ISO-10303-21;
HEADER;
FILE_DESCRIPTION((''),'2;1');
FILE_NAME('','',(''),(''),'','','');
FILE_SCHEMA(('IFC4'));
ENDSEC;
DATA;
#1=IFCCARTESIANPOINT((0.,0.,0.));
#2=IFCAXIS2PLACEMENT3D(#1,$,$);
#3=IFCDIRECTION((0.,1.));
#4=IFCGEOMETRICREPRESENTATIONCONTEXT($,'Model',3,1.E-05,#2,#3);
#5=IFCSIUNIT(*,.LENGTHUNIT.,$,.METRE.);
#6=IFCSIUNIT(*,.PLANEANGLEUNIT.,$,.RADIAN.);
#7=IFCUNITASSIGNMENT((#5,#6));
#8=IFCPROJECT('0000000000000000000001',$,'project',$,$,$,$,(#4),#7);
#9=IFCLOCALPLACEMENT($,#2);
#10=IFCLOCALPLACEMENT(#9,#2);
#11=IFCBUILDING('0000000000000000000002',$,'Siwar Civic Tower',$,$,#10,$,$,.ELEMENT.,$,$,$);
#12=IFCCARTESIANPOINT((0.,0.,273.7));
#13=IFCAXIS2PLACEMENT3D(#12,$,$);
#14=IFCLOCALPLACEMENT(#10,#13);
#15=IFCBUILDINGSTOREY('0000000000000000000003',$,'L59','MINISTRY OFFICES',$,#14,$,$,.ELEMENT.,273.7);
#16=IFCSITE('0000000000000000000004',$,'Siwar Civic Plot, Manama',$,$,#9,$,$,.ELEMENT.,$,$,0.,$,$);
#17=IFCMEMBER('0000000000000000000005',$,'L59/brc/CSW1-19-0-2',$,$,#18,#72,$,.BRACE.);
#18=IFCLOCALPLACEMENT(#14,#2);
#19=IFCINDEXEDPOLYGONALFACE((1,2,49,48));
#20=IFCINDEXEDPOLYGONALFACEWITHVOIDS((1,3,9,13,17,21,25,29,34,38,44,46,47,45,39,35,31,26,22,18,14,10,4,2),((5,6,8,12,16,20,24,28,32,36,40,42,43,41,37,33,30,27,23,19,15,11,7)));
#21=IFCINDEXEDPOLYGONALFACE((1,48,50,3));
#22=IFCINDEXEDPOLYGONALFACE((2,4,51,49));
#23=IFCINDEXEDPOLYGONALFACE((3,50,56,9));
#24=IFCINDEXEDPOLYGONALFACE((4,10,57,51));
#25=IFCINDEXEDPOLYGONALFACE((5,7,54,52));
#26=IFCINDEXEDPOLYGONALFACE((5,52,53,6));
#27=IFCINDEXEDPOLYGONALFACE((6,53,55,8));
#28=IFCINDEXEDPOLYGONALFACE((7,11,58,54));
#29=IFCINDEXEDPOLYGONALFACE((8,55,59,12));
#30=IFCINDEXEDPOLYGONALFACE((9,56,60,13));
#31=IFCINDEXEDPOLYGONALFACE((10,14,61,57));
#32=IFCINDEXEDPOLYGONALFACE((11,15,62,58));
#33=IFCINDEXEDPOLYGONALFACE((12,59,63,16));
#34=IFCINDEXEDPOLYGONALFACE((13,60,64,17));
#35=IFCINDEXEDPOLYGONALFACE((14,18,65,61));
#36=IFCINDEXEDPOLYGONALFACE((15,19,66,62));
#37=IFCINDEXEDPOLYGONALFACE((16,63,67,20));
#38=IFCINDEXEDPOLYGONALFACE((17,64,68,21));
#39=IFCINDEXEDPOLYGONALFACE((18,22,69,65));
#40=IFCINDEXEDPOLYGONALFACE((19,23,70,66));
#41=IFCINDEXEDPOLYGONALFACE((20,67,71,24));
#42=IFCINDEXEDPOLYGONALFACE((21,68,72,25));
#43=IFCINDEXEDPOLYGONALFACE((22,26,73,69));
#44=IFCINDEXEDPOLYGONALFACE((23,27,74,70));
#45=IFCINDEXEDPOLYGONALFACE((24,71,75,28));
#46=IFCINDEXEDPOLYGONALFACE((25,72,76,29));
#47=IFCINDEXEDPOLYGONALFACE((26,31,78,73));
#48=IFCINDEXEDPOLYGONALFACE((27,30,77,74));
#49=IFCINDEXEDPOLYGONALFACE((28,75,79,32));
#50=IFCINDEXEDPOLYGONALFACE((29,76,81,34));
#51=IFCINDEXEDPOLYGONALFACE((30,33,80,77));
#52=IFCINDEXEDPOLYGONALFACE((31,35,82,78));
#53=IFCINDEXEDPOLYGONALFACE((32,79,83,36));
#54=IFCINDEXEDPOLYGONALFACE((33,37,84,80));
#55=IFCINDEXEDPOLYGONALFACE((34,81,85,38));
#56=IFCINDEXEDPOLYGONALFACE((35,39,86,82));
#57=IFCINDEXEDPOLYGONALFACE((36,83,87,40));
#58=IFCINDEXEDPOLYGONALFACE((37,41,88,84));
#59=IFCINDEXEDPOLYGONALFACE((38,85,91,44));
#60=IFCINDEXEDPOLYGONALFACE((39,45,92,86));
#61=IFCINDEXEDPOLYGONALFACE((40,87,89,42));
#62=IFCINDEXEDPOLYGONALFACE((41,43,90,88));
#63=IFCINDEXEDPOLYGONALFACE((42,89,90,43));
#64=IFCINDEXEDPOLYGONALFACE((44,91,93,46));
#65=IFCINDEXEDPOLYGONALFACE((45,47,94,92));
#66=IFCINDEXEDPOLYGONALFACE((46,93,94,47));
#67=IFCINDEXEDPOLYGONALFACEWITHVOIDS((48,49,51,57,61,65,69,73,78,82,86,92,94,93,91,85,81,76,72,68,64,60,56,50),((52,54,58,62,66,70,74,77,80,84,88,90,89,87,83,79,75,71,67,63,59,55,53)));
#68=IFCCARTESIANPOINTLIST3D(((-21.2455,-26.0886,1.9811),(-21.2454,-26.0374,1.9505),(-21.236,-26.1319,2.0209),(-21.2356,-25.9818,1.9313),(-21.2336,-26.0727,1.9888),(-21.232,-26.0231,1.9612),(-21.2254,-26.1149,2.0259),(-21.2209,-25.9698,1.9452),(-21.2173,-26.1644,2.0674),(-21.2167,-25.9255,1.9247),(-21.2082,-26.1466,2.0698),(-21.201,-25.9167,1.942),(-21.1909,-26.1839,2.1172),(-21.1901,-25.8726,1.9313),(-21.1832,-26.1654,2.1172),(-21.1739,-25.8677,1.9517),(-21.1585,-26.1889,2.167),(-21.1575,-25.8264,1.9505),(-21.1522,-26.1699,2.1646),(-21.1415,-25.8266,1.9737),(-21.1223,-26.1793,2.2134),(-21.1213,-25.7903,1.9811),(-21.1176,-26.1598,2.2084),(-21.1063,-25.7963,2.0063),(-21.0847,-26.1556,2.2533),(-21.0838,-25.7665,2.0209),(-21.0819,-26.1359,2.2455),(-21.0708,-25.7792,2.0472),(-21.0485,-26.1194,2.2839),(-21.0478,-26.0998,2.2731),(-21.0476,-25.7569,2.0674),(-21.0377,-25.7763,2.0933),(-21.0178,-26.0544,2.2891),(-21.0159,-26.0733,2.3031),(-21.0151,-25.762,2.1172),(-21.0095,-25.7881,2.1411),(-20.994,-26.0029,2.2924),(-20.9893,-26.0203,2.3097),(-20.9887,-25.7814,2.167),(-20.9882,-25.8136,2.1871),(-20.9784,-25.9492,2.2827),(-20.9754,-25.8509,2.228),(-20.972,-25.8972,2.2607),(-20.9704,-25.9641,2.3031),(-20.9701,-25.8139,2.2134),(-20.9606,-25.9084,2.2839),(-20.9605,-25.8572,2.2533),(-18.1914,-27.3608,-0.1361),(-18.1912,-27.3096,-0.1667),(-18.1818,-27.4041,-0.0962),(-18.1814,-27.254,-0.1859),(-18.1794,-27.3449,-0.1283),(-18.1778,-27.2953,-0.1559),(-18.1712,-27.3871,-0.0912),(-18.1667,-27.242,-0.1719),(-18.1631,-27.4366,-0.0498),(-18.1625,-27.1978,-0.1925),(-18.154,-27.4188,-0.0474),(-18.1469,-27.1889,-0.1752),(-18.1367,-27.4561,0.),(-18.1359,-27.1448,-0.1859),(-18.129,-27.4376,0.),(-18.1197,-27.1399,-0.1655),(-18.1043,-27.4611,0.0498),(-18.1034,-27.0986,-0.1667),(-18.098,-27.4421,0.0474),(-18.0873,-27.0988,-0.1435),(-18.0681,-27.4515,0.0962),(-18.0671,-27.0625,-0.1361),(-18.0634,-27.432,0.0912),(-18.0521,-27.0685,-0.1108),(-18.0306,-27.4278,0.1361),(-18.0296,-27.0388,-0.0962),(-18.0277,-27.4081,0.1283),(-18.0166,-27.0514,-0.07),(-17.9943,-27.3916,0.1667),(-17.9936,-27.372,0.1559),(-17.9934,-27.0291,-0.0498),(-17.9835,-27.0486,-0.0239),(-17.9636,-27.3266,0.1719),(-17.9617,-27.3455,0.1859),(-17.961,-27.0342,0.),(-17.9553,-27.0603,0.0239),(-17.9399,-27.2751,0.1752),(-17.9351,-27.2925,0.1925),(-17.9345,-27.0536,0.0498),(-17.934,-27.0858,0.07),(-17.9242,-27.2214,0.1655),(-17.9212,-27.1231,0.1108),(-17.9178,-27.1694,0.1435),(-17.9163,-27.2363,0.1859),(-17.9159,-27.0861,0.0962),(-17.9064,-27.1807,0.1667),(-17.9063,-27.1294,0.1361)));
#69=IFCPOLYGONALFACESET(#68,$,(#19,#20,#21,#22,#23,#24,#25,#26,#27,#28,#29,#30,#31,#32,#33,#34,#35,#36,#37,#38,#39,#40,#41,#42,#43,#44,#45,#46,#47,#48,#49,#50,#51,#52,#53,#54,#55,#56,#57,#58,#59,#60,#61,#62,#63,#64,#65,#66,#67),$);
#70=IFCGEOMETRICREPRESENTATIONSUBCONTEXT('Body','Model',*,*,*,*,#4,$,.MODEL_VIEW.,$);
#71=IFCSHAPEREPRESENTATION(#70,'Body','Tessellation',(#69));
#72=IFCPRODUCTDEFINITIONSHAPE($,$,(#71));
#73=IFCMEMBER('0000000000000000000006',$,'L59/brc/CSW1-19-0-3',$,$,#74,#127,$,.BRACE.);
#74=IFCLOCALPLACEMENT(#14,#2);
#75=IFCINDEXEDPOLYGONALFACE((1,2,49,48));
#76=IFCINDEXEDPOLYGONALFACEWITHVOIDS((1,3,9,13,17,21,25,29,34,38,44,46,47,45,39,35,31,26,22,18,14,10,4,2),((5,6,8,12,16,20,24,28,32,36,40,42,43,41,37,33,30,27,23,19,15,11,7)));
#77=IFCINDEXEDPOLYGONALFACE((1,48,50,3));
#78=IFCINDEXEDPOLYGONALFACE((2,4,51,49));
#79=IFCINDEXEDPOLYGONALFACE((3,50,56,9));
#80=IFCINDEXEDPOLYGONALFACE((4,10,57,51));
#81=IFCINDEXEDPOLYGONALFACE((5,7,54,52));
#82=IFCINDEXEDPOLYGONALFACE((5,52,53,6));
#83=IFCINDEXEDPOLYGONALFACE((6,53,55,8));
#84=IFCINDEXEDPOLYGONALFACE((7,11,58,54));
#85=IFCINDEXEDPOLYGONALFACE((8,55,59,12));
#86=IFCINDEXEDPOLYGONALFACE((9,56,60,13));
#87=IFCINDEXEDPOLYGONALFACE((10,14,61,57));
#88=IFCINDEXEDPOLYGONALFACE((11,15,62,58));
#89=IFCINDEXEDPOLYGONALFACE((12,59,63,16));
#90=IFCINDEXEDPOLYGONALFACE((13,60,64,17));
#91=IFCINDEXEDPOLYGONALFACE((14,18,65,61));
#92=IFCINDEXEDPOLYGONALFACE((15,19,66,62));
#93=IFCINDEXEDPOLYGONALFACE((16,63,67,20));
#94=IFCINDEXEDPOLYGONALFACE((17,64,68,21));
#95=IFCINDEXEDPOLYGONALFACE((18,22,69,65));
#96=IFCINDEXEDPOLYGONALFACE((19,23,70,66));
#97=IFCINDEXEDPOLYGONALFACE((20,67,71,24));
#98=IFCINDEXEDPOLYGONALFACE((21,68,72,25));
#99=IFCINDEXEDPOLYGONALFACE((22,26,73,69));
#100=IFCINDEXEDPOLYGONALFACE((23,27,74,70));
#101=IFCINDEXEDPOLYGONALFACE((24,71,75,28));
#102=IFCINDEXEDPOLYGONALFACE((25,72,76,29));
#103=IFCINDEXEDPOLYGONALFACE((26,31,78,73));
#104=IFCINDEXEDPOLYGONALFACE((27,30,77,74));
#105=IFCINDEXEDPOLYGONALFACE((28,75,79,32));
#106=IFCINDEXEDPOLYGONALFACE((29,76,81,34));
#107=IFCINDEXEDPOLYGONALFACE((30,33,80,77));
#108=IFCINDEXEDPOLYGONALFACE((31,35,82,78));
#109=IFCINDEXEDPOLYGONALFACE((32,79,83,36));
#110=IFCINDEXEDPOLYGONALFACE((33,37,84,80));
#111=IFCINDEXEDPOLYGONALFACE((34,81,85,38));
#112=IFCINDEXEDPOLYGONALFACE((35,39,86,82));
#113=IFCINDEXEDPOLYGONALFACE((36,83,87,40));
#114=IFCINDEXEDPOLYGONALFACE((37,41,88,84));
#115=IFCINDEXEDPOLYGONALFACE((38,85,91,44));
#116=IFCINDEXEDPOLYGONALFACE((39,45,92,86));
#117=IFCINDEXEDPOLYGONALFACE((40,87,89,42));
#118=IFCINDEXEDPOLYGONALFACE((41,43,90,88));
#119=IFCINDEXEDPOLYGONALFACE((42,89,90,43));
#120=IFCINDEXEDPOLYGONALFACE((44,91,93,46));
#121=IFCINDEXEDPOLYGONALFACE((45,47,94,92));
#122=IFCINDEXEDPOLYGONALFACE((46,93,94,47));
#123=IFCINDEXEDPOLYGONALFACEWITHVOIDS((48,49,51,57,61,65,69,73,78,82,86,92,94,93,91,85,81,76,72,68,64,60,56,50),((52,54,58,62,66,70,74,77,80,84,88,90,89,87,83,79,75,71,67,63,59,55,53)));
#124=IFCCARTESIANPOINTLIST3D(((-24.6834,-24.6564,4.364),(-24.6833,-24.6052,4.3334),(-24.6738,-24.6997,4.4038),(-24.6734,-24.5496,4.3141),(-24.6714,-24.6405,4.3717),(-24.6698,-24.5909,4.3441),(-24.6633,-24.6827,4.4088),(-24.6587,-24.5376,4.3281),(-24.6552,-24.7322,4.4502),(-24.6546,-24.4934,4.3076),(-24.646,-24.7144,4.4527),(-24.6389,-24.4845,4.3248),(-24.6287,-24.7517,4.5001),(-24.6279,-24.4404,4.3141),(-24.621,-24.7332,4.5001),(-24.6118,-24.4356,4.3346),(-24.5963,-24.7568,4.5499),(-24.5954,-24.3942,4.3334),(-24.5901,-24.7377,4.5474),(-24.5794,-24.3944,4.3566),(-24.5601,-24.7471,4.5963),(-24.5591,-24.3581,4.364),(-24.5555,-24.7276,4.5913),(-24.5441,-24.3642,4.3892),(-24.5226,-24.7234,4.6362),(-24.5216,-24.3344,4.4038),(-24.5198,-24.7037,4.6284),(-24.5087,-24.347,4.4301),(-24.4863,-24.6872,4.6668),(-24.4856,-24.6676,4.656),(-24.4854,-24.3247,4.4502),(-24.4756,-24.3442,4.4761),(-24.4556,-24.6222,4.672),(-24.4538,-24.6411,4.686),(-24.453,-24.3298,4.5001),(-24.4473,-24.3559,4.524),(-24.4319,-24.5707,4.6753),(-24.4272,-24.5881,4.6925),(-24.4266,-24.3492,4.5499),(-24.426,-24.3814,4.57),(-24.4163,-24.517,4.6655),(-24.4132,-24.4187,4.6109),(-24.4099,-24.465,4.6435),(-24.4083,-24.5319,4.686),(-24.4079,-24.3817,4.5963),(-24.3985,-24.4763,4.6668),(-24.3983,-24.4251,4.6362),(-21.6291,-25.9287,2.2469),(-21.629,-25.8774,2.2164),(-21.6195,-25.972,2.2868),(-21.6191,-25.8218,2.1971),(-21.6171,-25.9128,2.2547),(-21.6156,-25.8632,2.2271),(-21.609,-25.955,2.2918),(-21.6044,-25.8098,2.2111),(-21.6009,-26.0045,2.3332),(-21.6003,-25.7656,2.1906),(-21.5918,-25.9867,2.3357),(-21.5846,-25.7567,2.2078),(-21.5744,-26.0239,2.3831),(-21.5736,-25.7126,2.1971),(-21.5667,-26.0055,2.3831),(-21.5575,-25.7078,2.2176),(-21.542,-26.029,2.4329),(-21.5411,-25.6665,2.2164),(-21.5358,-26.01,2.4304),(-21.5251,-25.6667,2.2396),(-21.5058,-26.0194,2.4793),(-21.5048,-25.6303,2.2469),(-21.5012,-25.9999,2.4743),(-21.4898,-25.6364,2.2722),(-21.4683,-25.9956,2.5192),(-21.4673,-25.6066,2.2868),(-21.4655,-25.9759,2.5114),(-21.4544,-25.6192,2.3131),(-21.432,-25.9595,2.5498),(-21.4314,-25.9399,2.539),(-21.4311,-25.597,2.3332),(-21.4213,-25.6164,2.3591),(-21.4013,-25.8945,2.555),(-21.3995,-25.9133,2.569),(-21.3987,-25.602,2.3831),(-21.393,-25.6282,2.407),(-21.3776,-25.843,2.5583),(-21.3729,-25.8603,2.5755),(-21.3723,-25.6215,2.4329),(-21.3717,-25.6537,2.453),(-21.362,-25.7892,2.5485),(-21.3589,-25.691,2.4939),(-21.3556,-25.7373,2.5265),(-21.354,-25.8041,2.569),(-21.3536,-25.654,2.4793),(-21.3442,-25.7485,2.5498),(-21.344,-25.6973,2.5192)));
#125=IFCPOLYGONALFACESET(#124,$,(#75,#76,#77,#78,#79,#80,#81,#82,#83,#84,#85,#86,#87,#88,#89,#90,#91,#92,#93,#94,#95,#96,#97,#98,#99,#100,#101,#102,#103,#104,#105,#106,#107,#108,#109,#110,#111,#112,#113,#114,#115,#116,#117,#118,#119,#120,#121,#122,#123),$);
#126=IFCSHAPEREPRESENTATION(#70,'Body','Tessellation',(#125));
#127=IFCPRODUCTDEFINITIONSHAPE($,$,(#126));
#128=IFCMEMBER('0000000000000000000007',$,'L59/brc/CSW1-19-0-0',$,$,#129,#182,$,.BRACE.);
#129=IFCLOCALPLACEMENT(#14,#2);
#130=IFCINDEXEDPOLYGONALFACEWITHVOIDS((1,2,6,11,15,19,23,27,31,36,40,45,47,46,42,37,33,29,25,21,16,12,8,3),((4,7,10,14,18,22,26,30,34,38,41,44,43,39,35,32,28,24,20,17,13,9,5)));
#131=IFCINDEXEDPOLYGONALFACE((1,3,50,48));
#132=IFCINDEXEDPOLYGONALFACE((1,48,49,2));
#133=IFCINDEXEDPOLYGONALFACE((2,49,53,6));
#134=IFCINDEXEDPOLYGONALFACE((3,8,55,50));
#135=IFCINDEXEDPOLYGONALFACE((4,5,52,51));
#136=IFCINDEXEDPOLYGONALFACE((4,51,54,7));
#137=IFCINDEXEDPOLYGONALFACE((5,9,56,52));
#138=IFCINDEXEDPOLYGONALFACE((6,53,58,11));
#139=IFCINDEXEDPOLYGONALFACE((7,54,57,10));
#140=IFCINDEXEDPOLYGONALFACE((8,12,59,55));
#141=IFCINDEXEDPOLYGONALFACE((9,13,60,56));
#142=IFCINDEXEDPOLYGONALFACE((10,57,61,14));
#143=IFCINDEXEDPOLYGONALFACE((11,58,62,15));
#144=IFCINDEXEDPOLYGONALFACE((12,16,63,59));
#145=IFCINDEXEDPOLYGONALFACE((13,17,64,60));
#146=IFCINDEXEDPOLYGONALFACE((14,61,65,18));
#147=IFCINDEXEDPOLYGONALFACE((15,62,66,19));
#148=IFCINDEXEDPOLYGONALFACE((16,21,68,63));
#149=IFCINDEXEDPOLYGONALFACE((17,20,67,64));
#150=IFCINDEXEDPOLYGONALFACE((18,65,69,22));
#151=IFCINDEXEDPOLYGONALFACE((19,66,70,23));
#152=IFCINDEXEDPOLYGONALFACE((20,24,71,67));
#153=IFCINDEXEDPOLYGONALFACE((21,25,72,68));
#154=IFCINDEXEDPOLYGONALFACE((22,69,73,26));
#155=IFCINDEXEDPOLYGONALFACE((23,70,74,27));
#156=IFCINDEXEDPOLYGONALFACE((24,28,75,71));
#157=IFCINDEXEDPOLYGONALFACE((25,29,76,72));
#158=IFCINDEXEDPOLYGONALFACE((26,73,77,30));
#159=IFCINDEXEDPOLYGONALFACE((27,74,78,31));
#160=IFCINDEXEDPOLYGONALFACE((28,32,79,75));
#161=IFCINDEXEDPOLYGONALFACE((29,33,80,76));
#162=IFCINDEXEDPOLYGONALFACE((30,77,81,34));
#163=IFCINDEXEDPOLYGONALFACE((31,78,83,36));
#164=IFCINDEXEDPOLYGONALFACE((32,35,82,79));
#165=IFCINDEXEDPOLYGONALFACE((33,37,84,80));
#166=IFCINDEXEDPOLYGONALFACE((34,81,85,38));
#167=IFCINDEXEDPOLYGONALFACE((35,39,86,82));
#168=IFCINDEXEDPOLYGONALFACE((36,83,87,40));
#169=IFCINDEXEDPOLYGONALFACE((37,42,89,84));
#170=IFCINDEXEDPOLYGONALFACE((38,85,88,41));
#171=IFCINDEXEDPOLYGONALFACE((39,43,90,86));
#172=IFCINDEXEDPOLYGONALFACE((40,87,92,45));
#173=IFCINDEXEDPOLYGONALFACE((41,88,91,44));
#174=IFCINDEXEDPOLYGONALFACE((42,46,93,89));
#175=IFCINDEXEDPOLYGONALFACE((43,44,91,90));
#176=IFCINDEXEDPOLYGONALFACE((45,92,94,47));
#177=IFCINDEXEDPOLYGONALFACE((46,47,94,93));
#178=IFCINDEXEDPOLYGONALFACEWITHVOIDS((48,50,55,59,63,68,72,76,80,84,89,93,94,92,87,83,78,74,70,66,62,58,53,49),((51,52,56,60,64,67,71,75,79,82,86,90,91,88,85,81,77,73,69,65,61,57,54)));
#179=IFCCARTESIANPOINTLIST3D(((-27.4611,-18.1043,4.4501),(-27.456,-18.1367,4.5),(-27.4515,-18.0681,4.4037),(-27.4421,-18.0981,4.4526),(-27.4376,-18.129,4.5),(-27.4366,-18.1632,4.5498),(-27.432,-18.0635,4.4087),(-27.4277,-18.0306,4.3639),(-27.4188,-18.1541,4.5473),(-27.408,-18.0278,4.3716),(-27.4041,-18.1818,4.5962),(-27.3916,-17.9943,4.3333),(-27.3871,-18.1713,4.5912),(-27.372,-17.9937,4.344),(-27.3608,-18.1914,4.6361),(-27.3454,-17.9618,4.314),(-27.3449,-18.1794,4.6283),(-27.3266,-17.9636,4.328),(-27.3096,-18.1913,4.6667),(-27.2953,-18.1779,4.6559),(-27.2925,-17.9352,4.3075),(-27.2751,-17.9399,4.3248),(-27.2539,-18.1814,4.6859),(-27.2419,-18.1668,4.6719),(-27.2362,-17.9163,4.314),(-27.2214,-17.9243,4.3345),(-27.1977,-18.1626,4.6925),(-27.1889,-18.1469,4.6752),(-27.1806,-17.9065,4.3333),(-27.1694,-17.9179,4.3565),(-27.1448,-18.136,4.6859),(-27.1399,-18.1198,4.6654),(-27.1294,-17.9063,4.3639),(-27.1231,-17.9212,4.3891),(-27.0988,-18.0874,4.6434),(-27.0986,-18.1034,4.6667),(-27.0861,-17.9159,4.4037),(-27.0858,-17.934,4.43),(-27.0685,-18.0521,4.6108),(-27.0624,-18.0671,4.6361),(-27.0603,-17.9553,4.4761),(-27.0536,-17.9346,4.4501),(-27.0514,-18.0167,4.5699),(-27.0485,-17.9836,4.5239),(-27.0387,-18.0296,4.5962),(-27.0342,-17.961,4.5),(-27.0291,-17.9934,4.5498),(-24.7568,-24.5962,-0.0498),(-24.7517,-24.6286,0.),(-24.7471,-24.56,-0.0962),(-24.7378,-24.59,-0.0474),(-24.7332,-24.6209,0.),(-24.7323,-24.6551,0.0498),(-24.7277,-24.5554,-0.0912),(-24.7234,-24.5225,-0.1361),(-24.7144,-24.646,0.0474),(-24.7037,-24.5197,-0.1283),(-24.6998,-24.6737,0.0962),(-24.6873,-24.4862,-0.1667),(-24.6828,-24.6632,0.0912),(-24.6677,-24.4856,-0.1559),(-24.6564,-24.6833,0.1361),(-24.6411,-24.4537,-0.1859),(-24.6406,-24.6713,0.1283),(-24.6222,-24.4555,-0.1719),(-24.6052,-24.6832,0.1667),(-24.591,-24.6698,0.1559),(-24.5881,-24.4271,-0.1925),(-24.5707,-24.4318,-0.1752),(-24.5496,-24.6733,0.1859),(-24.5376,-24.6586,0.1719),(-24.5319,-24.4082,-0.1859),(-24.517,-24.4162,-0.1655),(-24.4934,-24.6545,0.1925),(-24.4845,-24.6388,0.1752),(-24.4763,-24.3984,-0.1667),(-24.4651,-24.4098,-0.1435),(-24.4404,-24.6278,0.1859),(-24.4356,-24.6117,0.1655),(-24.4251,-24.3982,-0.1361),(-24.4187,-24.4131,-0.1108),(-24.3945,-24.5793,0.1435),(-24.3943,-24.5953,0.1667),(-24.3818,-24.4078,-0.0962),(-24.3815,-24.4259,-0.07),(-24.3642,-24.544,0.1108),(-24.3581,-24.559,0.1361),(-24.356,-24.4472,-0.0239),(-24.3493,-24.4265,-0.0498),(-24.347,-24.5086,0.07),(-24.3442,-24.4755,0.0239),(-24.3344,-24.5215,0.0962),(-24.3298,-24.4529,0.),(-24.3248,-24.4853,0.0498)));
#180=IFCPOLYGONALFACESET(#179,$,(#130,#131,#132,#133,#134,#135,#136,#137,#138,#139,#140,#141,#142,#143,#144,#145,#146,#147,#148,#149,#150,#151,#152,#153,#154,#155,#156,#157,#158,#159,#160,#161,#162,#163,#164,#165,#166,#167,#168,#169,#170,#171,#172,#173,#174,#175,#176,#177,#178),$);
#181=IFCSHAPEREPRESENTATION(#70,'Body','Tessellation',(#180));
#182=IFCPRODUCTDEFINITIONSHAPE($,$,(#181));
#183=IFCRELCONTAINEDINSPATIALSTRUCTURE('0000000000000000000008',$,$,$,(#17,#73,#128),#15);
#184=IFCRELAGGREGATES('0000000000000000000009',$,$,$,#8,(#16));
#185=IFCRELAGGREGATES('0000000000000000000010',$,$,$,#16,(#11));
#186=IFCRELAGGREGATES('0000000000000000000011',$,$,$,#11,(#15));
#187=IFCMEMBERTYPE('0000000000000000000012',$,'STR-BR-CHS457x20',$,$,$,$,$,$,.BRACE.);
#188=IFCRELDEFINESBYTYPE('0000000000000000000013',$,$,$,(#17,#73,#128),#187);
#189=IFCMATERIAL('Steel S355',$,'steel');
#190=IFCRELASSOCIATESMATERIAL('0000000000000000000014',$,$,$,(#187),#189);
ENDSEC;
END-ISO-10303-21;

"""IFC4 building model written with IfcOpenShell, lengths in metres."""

from ifc_helpers import new_model, si_unit, direction, frame, origin, origin_2d, place, context, subcontext, project, spatial, hollow_circle, extrude, material, material_profile, profile_set, type_object, element, save


model = new_model("IFC4")

# Units and contexts
model_context = context("Model", 3, precision=1e-05, world=origin(), true_north=direction((0.0, 1.0)))
body_context = subcontext(model_context, "Body", "Model", "MODEL_VIEW")
ifc_project = project(units=[si_unit("LENGTHUNIT", "METRE"), si_unit("PLANEANGLEUNIT", "RADIAN")], contexts=[model_context])

# Site, building, storey
site_placement = place(None, origin())
site = spatial("IfcSite", under=ifc_project, at=site_placement, Name="Siwar Civic Plot, Manama", CompositionType="ELEMENT", RefElevation=0.0)
building_placement = place(site_placement, origin())
building = spatial("IfcBuilding", under=site, at=building_placement, Name="Siwar Civic Tower", CompositionType="ELEMENT")
storey_placement = place(building_placement, frame((0.0, 0.0, 273.7)))
storey = spatial("IfcBuildingStorey", under=building, at=storey_placement, Name="L59", Description="MINISTRY OFFICES", CompositionType="ELEMENT", Elevation=273.7)

# Members
ifc_material_1 = material(Name="Steel S355", Category="steel")
ifc_material_profile_1 = material_profile(ifc_material_1, hollow_circle(Radius=0.2285, WallThickness=0.02, at=origin_2d()), Name="CHS457x20")
ifc_profile_set_1 = profile_set([ifc_material_profile_1], Name="Steel S355")
member_type_1 = type_object("IfcMemberType", Name="STR-BR-CHS457x20", PredefinedType="BRACE", material=ifc_profile_set_1)
for number, where, z_axis, x_axis, name in (
    (1, (-18.0488, -27.2451, 0.0), (-0.777546, 0.323884, 0.538999), (-0.384521, -0.923116, 0.0), "L59/brc/CSW1-19-0-2"),
    (2, (-21.4866, -25.813, 2.3831), (-0.777572, 0.323895, 0.538955), (-0.384521, -0.923116, 0.0), "L59/brc/CSW1-19-0-3"),
):
    element("IfcMember", number, at=place(storey_placement, frame(where, z_axis=z_axis, x_axis=x_axis)), inside=storey, type_object=member_type_1, Name=name, PredefinedType="BRACE", context=body_context, shape_type="SweptSolid", body=[
        extrude(hollow_circle(Radius=0.2285, WallThickness=0.02, at=origin_2d()), origin(), (0.0, 0.0, 1.0), 3.928),
    ])
member_1_placement = place(storey_placement, frame((-24.5408, -24.5408, 0.0), z_axis=(-0.323906, 0.777555, 0.538975), x_axis=(-0.923109, -0.384539, 0.0)))
element("IfcMember", 3, at=member_1_placement, inside=storey, type_object=member_type_1, Name="L59/brc/CSW1-19-0-0", PredefinedType="BRACE", context=body_context, shape_type="SweptSolid", body=[
    extrude(hollow_circle(Radius=0.2285, WallThickness=0.02, at=origin_2d()), origin(), (0.0, 0.0, 1.0), 8.3491),
])

save(model, "model.ifc")
